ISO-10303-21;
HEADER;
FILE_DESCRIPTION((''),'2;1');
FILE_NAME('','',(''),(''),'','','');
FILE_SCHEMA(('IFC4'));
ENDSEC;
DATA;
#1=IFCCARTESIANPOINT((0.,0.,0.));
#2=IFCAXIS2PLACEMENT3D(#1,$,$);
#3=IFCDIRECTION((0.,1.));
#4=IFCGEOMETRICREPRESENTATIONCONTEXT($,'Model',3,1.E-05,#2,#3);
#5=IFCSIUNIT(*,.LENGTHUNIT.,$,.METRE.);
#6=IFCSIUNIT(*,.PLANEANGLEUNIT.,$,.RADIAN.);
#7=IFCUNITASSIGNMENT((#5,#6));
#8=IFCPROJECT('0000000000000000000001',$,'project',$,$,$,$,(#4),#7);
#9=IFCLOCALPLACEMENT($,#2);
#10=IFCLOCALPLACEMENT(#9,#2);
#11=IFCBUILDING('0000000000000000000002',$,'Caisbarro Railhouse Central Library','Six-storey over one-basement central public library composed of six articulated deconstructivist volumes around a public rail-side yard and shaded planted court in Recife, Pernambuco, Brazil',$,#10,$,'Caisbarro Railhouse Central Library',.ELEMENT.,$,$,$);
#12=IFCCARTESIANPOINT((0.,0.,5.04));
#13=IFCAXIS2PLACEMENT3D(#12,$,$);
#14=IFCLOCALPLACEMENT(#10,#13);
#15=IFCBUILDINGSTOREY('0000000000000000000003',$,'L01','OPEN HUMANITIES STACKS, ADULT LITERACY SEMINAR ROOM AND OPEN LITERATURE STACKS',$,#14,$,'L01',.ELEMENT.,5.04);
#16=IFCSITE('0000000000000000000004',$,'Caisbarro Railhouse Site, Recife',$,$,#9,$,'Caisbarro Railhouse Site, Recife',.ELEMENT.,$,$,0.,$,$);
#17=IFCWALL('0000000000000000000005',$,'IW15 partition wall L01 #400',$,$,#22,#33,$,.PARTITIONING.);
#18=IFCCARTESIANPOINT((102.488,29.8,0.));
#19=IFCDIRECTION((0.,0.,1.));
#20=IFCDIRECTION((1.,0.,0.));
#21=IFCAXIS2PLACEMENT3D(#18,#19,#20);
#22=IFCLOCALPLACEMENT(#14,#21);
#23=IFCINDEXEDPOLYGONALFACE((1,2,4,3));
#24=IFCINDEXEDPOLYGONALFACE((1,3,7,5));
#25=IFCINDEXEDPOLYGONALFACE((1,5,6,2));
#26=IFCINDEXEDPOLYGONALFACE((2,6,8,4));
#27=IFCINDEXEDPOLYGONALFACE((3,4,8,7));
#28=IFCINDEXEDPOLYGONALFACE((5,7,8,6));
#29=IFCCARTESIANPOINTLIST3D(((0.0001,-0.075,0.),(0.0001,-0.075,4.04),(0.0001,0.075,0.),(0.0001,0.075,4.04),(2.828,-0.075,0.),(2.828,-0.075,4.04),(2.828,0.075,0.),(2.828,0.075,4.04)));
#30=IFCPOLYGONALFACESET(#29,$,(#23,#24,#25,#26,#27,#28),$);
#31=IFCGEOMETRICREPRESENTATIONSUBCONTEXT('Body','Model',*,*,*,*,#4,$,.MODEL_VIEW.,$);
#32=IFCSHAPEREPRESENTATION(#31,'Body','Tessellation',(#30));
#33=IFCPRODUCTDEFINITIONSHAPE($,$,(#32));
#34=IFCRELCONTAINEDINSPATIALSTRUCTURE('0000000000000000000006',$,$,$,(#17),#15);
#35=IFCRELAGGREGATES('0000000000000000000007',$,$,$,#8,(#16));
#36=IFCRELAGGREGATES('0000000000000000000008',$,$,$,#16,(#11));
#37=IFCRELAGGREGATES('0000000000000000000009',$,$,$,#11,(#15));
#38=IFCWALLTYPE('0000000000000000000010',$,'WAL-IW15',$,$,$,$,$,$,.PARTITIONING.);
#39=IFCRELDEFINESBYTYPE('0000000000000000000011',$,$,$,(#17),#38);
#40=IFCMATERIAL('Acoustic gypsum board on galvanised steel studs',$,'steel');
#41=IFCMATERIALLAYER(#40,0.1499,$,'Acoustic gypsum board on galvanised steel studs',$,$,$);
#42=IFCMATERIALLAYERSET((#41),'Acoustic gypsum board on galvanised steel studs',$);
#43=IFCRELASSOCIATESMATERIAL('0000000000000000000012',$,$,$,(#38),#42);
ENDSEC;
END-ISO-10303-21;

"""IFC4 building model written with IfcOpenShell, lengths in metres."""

from ifc_helpers import new_model, si_unit, direction, frame, frame_2d, origin, place, context, subcontext, project, spatial, rectangle, extrude, material, layer, layer_set, type_object, element, save


model = new_model("IFC4")

# Units and contexts
model_context = context("Model", 3, precision=1e-05, world=origin(), true_north=direction((0.0, 1.0)))
body_context = subcontext(model_context, "Body", "Model", "MODEL_VIEW")
ifc_project = project(units=[si_unit("LENGTHUNIT", "METRE"), si_unit("PLANEANGLEUNIT", "RADIAN")], contexts=[model_context])

# Site, building, storey
site_placement = place(None, origin())
site = spatial("IfcSite", under=ifc_project, at=site_placement, Name="Caisbarro Railhouse Site, Recife", LongName="Caisbarro Railhouse Site, Recife", CompositionType="ELEMENT", RefElevation=0.0)
building_placement = place(site_placement, origin())
building = spatial("IfcBuilding", under=site, at=building_placement, Name="Caisbarro Railhouse Central Library", Description="Six-storey over one-basement central public library composed of six articulated deconstructivist volumes around a public rail-side yard and shaded planted court in Recife, Pernambuco, Brazil", LongName="Caisbarro Railhouse Central Library", CompositionType="ELEMENT")
storey_placement = place(building_placement, frame((0.0, 0.0, 5.04)))
storey = spatial("IfcBuildingStorey", under=building, at=storey_placement, Name="L01", Description="OPEN HUMANITIES STACKS, ADULT LITERACY SEMINAR ROOM AND OPEN LITERATURE STACKS", LongName="L01", CompositionType="ELEMENT", Elevation=5.04)

# Wall
ifc_material_1 = material(Name="Acoustic gypsum board on galvanised steel studs", Category="steel")
ifc_layer_1 = layer(ifc_material_1, 0.1499, Name="Acoustic gypsum board on galvanised steel studs")
ifc_layer_set_1 = layer_set([ifc_layer_1], Name="Acoustic gypsum board on galvanised steel studs")
wall_type_1 = type_object("IfcWallType", Name="WAL-IW15", PredefinedType="PARTITIONING", material=ifc_layer_set_1)
wall_1_placement = place(storey_placement, frame((102.488, 29.8, 0.0), z_axis=(0.0, 0.0, 1.0), x_axis=(1.0, 0.0, 0.0)))
element("IfcWall", 1, at=wall_1_placement, inside=storey, type_object=wall_type_1, Name="IW15 partition wall L01 #400", PredefinedType="PARTITIONING", context=body_context, shape_type="SweptSolid", body=[
    extrude(rectangle(XDim=2.8279, YDim=0.1499, at=frame_2d((1.4141, 0.0))), origin(), (0.0, 0.0, 1.0), 4.04),
])

save(model, "model.ifc")
